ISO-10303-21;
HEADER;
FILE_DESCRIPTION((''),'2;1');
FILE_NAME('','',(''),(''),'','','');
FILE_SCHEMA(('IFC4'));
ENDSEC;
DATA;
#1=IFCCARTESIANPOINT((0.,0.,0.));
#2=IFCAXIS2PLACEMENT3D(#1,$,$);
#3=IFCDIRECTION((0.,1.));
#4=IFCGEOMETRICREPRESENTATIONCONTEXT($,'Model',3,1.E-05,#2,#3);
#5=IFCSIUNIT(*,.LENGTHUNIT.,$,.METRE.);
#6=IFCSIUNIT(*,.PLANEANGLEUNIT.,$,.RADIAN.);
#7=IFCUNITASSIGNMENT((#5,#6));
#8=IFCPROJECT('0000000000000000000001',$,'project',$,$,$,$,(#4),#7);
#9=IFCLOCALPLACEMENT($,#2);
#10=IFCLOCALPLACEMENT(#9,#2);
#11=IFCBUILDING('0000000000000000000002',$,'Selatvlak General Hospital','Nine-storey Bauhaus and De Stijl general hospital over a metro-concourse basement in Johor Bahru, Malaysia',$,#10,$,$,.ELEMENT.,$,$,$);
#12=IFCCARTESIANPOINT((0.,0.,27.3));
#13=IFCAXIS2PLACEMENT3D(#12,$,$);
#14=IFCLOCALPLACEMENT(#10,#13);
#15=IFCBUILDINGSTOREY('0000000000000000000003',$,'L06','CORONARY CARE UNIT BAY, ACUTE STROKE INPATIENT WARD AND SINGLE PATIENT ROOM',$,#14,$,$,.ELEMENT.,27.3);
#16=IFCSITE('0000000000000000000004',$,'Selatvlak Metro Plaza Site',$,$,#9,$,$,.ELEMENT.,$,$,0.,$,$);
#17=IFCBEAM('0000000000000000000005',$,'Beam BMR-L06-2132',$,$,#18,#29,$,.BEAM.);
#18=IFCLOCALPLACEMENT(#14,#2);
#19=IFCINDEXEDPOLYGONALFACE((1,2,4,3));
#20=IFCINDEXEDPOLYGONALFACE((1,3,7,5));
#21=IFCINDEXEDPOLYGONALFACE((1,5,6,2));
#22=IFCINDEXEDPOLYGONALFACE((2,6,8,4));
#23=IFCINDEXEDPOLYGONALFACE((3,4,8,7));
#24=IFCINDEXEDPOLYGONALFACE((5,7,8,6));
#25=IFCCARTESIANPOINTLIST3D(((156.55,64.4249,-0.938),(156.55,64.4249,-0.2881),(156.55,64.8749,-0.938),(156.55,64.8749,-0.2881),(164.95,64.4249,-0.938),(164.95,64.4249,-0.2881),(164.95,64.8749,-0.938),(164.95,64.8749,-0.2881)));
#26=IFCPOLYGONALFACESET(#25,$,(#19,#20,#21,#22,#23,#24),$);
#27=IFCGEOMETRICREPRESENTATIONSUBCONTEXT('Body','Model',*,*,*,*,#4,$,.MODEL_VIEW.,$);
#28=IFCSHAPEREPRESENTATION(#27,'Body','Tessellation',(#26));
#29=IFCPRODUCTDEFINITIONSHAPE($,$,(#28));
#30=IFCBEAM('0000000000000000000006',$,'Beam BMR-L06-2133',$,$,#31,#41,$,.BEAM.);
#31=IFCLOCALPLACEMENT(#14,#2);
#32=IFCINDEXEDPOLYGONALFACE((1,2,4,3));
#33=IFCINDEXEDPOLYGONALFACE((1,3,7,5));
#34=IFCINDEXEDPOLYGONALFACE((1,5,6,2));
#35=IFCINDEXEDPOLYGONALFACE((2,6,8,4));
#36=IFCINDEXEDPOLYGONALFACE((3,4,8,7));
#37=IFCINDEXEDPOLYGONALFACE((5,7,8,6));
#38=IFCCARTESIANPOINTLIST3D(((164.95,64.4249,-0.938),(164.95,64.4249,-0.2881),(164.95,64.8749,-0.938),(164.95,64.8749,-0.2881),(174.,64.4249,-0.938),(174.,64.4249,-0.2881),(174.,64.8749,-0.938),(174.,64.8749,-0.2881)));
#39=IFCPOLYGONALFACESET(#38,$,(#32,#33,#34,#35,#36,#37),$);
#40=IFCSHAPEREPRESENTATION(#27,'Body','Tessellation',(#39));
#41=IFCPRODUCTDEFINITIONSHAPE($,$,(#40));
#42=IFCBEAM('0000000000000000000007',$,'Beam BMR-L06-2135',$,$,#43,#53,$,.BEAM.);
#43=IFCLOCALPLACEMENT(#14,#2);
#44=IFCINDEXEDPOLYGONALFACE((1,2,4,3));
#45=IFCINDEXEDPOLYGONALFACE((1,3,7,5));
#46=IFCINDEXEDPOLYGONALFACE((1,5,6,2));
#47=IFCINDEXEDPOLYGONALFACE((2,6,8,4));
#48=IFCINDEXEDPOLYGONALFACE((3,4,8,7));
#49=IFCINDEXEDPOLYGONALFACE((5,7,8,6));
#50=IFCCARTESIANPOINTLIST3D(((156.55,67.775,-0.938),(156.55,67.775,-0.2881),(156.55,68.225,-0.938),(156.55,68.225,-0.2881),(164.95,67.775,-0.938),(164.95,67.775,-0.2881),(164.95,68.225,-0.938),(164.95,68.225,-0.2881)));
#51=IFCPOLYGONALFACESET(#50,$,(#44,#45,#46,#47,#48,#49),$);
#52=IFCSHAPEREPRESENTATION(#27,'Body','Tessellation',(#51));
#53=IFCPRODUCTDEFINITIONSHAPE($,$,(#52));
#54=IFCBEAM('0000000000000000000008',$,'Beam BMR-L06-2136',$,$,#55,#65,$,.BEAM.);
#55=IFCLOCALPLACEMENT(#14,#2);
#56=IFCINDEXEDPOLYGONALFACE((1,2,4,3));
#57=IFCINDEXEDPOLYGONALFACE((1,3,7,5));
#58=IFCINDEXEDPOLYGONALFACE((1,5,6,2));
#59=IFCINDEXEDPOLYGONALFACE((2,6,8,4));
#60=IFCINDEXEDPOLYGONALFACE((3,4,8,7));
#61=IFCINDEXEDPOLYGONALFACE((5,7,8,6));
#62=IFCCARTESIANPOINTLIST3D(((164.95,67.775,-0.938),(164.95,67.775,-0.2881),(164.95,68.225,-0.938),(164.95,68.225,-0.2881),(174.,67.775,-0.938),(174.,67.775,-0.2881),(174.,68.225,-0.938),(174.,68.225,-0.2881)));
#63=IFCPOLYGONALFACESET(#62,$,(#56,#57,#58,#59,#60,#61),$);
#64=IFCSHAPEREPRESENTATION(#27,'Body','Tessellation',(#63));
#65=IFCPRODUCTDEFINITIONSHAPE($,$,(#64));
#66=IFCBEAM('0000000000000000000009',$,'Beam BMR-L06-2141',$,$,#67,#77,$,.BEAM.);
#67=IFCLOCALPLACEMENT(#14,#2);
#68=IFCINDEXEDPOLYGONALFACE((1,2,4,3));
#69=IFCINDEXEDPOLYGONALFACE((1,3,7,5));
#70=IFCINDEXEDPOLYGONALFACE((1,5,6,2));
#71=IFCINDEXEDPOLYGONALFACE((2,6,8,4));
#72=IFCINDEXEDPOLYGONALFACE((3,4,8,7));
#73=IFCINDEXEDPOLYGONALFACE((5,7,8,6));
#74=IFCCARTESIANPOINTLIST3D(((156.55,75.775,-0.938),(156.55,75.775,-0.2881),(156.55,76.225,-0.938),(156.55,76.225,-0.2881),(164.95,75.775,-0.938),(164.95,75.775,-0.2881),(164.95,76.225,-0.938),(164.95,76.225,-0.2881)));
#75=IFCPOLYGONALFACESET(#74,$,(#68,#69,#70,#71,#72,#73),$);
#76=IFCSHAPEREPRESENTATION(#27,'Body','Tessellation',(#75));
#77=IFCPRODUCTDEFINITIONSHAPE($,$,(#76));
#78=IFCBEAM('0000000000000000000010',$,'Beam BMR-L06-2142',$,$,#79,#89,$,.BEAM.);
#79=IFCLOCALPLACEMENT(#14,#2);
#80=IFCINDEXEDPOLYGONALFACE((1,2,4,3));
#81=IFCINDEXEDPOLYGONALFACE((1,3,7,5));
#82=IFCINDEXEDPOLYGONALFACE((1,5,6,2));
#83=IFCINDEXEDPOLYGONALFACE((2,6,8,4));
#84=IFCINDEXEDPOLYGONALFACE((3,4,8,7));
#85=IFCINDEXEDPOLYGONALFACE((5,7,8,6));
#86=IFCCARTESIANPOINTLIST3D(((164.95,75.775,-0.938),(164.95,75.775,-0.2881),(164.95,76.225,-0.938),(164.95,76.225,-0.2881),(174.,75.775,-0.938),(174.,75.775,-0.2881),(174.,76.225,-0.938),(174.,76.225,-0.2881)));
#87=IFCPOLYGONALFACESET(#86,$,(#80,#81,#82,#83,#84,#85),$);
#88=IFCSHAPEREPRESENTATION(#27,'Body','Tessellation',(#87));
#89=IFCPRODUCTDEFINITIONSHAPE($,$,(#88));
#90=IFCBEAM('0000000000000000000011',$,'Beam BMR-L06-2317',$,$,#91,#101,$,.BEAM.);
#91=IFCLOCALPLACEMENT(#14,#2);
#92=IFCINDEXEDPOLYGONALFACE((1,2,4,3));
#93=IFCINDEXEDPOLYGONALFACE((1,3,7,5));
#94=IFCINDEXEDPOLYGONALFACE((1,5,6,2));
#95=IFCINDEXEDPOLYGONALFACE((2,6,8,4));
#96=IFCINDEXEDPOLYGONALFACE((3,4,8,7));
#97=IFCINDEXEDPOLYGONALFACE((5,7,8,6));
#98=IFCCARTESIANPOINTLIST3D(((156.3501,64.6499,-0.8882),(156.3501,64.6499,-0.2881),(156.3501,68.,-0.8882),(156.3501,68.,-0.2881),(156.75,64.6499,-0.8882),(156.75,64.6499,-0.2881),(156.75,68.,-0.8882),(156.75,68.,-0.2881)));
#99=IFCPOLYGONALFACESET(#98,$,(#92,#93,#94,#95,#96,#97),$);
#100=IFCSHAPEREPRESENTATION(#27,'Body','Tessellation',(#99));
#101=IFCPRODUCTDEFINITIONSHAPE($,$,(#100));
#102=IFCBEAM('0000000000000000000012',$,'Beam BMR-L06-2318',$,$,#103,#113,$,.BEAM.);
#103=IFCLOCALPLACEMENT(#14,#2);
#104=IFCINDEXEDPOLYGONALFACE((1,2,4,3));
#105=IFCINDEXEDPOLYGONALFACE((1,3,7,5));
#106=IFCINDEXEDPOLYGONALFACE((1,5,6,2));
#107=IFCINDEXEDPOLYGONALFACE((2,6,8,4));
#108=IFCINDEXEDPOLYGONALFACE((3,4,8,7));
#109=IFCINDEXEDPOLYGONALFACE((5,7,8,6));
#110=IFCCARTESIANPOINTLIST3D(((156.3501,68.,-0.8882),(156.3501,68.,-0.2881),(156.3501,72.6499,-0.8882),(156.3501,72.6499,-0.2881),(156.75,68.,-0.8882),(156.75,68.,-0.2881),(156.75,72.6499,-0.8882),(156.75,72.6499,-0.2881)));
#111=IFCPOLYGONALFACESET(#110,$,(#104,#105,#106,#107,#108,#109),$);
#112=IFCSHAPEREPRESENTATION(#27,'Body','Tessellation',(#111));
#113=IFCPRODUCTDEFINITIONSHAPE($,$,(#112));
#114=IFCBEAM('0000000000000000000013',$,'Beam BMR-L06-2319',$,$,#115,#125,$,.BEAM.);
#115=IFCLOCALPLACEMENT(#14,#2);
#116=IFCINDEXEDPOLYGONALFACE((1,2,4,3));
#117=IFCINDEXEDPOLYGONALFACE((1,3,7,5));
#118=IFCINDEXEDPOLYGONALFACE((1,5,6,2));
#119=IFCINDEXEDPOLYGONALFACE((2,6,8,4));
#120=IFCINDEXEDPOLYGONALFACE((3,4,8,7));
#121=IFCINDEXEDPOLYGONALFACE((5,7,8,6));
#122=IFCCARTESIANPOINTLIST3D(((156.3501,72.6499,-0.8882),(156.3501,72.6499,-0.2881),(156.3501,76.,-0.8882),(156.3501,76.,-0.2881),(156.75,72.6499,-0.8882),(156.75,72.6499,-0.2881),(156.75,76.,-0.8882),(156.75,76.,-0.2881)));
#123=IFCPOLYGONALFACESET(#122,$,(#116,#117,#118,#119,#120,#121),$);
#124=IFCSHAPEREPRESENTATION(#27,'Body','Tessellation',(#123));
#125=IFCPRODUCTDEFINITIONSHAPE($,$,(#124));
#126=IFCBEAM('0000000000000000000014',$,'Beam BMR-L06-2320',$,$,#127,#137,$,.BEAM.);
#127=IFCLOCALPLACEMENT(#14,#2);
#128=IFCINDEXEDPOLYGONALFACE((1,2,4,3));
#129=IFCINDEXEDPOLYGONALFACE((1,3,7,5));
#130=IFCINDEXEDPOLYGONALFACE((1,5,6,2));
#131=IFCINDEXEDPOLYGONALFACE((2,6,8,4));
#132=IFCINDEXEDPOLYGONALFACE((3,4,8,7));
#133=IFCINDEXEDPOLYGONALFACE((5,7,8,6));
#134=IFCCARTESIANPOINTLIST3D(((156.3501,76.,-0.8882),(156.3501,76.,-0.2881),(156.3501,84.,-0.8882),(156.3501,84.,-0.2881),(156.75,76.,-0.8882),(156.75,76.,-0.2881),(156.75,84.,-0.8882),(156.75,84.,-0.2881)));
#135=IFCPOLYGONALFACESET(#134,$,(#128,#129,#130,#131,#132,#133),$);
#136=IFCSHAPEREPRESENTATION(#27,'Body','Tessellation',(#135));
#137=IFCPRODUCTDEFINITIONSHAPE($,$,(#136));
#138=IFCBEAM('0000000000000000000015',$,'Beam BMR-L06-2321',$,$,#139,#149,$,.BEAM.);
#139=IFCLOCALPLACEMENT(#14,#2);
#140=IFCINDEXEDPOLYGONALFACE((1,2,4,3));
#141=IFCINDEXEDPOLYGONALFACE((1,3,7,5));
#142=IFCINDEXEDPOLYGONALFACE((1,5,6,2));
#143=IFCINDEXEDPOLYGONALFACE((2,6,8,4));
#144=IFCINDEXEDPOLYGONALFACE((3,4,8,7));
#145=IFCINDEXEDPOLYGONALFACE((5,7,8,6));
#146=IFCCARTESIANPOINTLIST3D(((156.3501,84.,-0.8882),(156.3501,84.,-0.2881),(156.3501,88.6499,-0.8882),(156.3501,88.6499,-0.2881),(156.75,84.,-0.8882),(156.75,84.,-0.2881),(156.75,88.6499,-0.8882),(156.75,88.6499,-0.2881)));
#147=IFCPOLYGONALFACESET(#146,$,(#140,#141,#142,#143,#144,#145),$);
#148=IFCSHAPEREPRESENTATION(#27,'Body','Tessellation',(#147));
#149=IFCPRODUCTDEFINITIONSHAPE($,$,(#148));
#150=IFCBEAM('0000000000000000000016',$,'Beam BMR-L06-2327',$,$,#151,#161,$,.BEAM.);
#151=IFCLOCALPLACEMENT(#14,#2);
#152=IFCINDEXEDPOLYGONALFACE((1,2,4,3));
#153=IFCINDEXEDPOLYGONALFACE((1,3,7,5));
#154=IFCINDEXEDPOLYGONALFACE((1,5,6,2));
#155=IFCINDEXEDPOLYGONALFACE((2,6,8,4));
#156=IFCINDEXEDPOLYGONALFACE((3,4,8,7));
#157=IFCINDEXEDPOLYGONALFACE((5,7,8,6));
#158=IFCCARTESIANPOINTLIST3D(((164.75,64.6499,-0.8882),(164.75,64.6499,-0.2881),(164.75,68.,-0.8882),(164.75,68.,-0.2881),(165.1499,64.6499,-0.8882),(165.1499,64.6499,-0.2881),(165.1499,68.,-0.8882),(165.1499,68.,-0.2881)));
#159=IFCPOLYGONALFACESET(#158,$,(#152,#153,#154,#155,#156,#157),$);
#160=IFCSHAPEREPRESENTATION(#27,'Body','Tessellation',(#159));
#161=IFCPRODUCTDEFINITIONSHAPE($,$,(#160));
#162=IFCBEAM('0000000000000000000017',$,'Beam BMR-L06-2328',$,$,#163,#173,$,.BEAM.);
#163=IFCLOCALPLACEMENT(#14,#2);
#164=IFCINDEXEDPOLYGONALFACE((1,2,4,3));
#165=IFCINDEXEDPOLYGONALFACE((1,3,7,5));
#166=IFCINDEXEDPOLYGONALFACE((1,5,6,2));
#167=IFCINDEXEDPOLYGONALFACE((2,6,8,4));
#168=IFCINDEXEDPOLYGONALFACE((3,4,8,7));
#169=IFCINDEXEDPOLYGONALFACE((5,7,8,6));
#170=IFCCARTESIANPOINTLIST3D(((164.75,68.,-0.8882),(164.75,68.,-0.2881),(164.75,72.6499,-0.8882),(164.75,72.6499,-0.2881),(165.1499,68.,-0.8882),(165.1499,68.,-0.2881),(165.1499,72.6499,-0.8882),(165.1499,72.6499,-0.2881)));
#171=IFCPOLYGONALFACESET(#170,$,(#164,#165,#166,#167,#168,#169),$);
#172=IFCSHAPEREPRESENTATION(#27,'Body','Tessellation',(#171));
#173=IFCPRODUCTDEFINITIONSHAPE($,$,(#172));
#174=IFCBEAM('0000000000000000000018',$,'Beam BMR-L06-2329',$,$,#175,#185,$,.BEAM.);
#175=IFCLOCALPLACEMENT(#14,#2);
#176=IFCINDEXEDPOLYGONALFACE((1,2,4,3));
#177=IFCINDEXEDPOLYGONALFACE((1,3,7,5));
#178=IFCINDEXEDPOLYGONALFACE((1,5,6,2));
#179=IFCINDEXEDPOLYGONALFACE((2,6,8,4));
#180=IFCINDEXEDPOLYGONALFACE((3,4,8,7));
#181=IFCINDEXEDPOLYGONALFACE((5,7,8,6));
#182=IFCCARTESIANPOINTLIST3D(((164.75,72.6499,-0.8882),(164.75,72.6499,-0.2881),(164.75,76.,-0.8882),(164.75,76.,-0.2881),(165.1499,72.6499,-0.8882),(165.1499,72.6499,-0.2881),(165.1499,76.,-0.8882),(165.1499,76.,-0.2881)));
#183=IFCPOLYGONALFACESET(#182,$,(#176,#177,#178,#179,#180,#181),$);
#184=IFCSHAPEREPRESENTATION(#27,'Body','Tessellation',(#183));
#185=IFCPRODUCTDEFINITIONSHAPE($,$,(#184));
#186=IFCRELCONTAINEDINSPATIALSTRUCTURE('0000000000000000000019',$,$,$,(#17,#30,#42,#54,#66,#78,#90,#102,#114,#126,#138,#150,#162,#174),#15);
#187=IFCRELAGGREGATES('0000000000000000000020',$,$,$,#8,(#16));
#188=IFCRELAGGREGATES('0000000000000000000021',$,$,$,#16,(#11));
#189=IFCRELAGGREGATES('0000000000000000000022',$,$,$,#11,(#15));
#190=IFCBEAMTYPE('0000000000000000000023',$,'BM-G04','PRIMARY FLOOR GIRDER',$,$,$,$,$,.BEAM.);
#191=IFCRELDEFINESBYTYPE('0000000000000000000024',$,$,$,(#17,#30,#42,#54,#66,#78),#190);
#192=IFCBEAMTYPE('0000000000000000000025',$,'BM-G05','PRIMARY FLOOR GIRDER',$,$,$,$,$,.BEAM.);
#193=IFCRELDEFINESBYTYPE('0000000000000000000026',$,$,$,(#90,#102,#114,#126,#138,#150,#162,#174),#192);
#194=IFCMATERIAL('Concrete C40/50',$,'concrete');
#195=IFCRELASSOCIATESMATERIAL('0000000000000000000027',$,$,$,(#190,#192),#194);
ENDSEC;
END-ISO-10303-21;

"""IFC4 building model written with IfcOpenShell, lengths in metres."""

from ifc_helpers import new_model, si_unit, direction, frame, origin, origin_2d, place, context, subcontext, project, spatial, rectangle, extrude, material, material_profile, profile_set, type_object, element, save


model = new_model("IFC4")

# Units and contexts
model_context = context("Model", 3, precision=1e-05, world=origin(), true_north=direction((0.0, 1.0)))
body_context = subcontext(model_context, "Body", "Model", "MODEL_VIEW")
ifc_project = project(units=[si_unit("LENGTHUNIT", "METRE"), si_unit("PLANEANGLEUNIT", "RADIAN")], contexts=[model_context])

# Site, building, storey
site_placement = place(None, origin())
site = spatial("IfcSite", under=ifc_project, at=site_placement, Name="Selatvlak Metro Plaza Site", CompositionType="ELEMENT", RefElevation=0.0)
building_placement = place(site_placement, origin())
building = spatial("IfcBuilding", under=site, at=building_placement, Name="Selatvlak General Hospital", Description="Nine-storey Bauhaus and De Stijl general hospital over a metro-concourse basement in Johor Bahru, Malaysia", CompositionType="ELEMENT")
storey_placement = place(building_placement, frame((0.0, 0.0, 27.3)))
storey = spatial("IfcBuildingStorey", under=building, at=storey_placement, Name="L06", Description="CORONARY CARE UNIT BAY, ACUTE STROKE INPATIENT WARD AND SINGLE PATIENT ROOM", CompositionType="ELEMENT", Elevation=27.3)

# Beams
ifc_material_1 = material(Name="Concrete C40/50", Category="concrete")
ifc_material_profile_1 = material_profile(ifc_material_1, rectangle(XDim=0.45, YDim=0.6499, at=origin_2d()), Name="RC-BM 450x650")
ifc_profile_set_1 = profile_set([ifc_material_profile_1], Name="Concrete C40/50")
beam_type_1 = type_object("IfcBeamType", Name="BM-G04", Description="PRIMARY FLOOR GIRDER", PredefinedType="BEAM", material=ifc_profile_set_1)
beam_1_placement = place(storey_placement, frame((156.55, 64.6499, -0.613), z_axis=(1.0, 0.0, 0.0), x_axis=(0.0, 1.0, 0.0)))
element("IfcBeam", 1, at=beam_1_placement, inside=storey, type_object=beam_type_1, Name="Beam BMR-L06-2132", PredefinedType="BEAM", context=body_context, shape_type="SweptSolid", body=[
    extrude(rectangle(XDim=0.45, YDim=0.6499, at=origin_2d()), origin(), (0.0, 0.0, 1.0), 8.3999),
])
beam_2_placement = place(storey_placement, frame((164.95, 64.6499, -0.613), z_axis=(1.0, 0.0, 0.0), x_axis=(0.0, 1.0, 0.0)))
element("IfcBeam", 2, at=beam_2_placement, inside=storey, type_object=beam_type_1, Name="Beam BMR-L06-2133", PredefinedType="BEAM", context=body_context, shape_type="SweptSolid", body=[
    extrude(rectangle(XDim=0.45, YDim=0.6499, at=origin_2d()), origin(), (0.0, 0.0, 1.0), 9.05),
])
beam_3_placement = place(storey_placement, frame((156.55, 68.0, -0.613), z_axis=(1.0, 0.0, 0.0), x_axis=(0.0, 1.0, 0.0)))
element("IfcBeam", 3, at=beam_3_placement, inside=storey, type_object=beam_type_1, Name="Beam BMR-L06-2135", PredefinedType="BEAM", context=body_context, shape_type="SweptSolid", body=[
    extrude(rectangle(XDim=0.45, YDim=0.6499, at=origin_2d()), origin(), (0.0, 0.0, 1.0), 8.3999),
])
beam_4_placement = place(storey_placement, frame((164.95, 68.0, -0.613), z_axis=(1.0, 0.0, 0.0), x_axis=(0.0, 1.0, 0.0)))
element("IfcBeam", 4, at=beam_4_placement, inside=storey, type_object=beam_type_1, Name="Beam BMR-L06-2136", PredefinedType="BEAM", context=body_context, shape_type="SweptSolid", body=[
    extrude(rectangle(XDim=0.45, YDim=0.6499, at=origin_2d()), origin(), (0.0, 0.0, 1.0), 9.05),
])
beam_5_placement = place(storey_placement, frame((156.55, 76.0, -0.613), z_axis=(1.0, 0.0, 0.0), x_axis=(0.0, 1.0, 0.0)))
element("IfcBeam", 5, at=beam_5_placement, inside=storey, type_object=beam_type_1, Name="Beam BMR-L06-2141", PredefinedType="BEAM", context=body_context, shape_type="SweptSolid", body=[
    extrude(rectangle(XDim=0.45, YDim=0.6499, at=origin_2d()), origin(), (0.0, 0.0, 1.0), 8.3999),
])
beam_6_placement = place(storey_placement, frame((164.95, 76.0, -0.613), z_axis=(1.0, 0.0, 0.0), x_axis=(0.0, 1.0, 0.0)))
element("IfcBeam", 6, at=beam_6_placement, inside=storey, type_object=beam_type_1, Name="Beam BMR-L06-2142", PredefinedType="BEAM", context=body_context, shape_type="SweptSolid", body=[
    extrude(rectangle(XDim=0.45, YDim=0.6499, at=origin_2d()), origin(), (0.0, 0.0, 1.0), 9.05),
])
ifc_material_profile_2 = material_profile(ifc_material_1, rectangle(XDim=0.3999, YDim=0.6001, at=origin_2d()), Name="RC-BM 400x600")
ifc_profile_set_2 = profile_set([ifc_material_profile_2], Name="Concrete C40/50")
beam_type_2 = type_object("IfcBeamType", Name="BM-G05", Description="PRIMARY FLOOR GIRDER", PredefinedType="BEAM", material=ifc_profile_set_2)
beam_7_placement = place(storey_placement, frame((156.55, 64.6499, -0.5881), z_axis=(0.0, 1.0, 0.0), x_axis=(-1.0, 0.0, 0.0)))
element("IfcBeam", 7, at=beam_7_placement, inside=storey, type_object=beam_type_2, Name="Beam BMR-L06-2317", PredefinedType="BEAM", context=body_context, shape_type="SweptSolid", body=[
    extrude(rectangle(XDim=0.3999, YDim=0.6001, at=origin_2d()), origin(), (0.0, 0.0, 1.0), 3.3501),
])
beam_8_placement = place(storey_placement, frame((156.55, 68.0, -0.5881), z_axis=(0.0, 1.0, 0.0), x_axis=(-1.0, 0.0, 0.0)))
element("IfcBeam", 8, at=beam_8_placement, inside=storey, type_object=beam_type_2, Name="Beam BMR-L06-2318", PredefinedType="BEAM", context=body_context, shape_type="SweptSolid", body=[
    extrude(rectangle(XDim=0.3999, YDim=0.6001, at=origin_2d()), origin(), (0.0, 0.0, 1.0), 4.6499),
])
beam_9_placement = place(storey_placement, frame((156.55, 72.6499, -0.5881), z_axis=(0.0, 1.0, 0.0), x_axis=(-1.0, 0.0, 0.0)))
element("IfcBeam", 9, at=beam_9_placement, inside=storey, type_object=beam_type_2, Name="Beam BMR-L06-2319", PredefinedType="BEAM", context=body_context, shape_type="SweptSolid", body=[
    extrude(rectangle(XDim=0.3999, YDim=0.6001, at=origin_2d()), origin(), (0.0, 0.0, 1.0), 3.3501),
])
beam_10_placement = place(storey_placement, frame((156.55, 76.0, -0.5881), z_axis=(0.0, 1.0, 0.0), x_axis=(-1.0, 0.0, 0.0)))
element("IfcBeam", 10, at=beam_10_placement, inside=storey, type_object=beam_type_2, Name="Beam BMR-L06-2320", PredefinedType="BEAM", context=body_context, shape_type="SweptSolid", body=[
    extrude(rectangle(XDim=0.3999, YDim=0.6001, at=origin_2d()), origin(), (0.0, 0.0, 1.0), 8.0),
])
beam_11_placement = place(storey_placement, frame((156.55, 84.0, -0.5881), z_axis=(0.0, 1.0, 0.0), x_axis=(-1.0, 0.0, 0.0)))
element("IfcBeam", 11, at=beam_11_placement, inside=storey, type_object=beam_type_2, Name="Beam BMR-L06-2321", PredefinedType="BEAM", context=body_context, shape_type="SweptSolid", body=[
    extrude(rectangle(XDim=0.3999, YDim=0.6001, at=origin_2d()), origin(), (0.0, 0.0, 1.0), 4.6499),
])
beam_12_placement = place(storey_placement, frame((164.95, 64.6499, -0.5881), z_axis=(0.0, 1.0, 0.0), x_axis=(-1.0, 0.0, 0.0)))
element("IfcBeam", 12, at=beam_12_placement, inside=storey, type_object=beam_type_2, Name="Beam BMR-L06-2327", PredefinedType="BEAM", context=body_context, shape_type="SweptSolid", body=[
    extrude(rectangle(XDim=0.3999, YDim=0.6001, at=origin_2d()), origin(), (0.0, 0.0, 1.0), 3.3501),
])
beam_13_placement = place(storey_placement, frame((164.95, 68.0, -0.5881), z_axis=(0.0, 1.0, 0.0), x_axis=(-1.0, 0.0, 0.0)))
element("IfcBeam", 13, at=beam_13_placement, inside=storey, type_object=beam_type_2, Name="Beam BMR-L06-2328", PredefinedType="BEAM", context=body_context, shape_type="SweptSolid", body=[
    extrude(rectangle(XDim=0.3999, YDim=0.6001, at=origin_2d()), origin(), (0.0, 0.0, 1.0), 4.6499),
])
beam_14_placement = place(storey_placement, frame((164.95, 72.6499, -0.5881), z_axis=(0.0, 1.0, 0.0), x_axis=(-1.0, 0.0, 0.0)))
element("IfcBeam", 14, at=beam_14_placement, inside=storey, type_object=beam_type_2, Name="Beam BMR-L06-2329", PredefinedType="BEAM", context=body_context, shape_type="SweptSolid", body=[
    extrude(rectangle(XDim=0.3999, YDim=0.6001, at=origin_2d()), origin(), (0.0, 0.0, 1.0), 3.3501),
])

save(model, "model.ifc")
